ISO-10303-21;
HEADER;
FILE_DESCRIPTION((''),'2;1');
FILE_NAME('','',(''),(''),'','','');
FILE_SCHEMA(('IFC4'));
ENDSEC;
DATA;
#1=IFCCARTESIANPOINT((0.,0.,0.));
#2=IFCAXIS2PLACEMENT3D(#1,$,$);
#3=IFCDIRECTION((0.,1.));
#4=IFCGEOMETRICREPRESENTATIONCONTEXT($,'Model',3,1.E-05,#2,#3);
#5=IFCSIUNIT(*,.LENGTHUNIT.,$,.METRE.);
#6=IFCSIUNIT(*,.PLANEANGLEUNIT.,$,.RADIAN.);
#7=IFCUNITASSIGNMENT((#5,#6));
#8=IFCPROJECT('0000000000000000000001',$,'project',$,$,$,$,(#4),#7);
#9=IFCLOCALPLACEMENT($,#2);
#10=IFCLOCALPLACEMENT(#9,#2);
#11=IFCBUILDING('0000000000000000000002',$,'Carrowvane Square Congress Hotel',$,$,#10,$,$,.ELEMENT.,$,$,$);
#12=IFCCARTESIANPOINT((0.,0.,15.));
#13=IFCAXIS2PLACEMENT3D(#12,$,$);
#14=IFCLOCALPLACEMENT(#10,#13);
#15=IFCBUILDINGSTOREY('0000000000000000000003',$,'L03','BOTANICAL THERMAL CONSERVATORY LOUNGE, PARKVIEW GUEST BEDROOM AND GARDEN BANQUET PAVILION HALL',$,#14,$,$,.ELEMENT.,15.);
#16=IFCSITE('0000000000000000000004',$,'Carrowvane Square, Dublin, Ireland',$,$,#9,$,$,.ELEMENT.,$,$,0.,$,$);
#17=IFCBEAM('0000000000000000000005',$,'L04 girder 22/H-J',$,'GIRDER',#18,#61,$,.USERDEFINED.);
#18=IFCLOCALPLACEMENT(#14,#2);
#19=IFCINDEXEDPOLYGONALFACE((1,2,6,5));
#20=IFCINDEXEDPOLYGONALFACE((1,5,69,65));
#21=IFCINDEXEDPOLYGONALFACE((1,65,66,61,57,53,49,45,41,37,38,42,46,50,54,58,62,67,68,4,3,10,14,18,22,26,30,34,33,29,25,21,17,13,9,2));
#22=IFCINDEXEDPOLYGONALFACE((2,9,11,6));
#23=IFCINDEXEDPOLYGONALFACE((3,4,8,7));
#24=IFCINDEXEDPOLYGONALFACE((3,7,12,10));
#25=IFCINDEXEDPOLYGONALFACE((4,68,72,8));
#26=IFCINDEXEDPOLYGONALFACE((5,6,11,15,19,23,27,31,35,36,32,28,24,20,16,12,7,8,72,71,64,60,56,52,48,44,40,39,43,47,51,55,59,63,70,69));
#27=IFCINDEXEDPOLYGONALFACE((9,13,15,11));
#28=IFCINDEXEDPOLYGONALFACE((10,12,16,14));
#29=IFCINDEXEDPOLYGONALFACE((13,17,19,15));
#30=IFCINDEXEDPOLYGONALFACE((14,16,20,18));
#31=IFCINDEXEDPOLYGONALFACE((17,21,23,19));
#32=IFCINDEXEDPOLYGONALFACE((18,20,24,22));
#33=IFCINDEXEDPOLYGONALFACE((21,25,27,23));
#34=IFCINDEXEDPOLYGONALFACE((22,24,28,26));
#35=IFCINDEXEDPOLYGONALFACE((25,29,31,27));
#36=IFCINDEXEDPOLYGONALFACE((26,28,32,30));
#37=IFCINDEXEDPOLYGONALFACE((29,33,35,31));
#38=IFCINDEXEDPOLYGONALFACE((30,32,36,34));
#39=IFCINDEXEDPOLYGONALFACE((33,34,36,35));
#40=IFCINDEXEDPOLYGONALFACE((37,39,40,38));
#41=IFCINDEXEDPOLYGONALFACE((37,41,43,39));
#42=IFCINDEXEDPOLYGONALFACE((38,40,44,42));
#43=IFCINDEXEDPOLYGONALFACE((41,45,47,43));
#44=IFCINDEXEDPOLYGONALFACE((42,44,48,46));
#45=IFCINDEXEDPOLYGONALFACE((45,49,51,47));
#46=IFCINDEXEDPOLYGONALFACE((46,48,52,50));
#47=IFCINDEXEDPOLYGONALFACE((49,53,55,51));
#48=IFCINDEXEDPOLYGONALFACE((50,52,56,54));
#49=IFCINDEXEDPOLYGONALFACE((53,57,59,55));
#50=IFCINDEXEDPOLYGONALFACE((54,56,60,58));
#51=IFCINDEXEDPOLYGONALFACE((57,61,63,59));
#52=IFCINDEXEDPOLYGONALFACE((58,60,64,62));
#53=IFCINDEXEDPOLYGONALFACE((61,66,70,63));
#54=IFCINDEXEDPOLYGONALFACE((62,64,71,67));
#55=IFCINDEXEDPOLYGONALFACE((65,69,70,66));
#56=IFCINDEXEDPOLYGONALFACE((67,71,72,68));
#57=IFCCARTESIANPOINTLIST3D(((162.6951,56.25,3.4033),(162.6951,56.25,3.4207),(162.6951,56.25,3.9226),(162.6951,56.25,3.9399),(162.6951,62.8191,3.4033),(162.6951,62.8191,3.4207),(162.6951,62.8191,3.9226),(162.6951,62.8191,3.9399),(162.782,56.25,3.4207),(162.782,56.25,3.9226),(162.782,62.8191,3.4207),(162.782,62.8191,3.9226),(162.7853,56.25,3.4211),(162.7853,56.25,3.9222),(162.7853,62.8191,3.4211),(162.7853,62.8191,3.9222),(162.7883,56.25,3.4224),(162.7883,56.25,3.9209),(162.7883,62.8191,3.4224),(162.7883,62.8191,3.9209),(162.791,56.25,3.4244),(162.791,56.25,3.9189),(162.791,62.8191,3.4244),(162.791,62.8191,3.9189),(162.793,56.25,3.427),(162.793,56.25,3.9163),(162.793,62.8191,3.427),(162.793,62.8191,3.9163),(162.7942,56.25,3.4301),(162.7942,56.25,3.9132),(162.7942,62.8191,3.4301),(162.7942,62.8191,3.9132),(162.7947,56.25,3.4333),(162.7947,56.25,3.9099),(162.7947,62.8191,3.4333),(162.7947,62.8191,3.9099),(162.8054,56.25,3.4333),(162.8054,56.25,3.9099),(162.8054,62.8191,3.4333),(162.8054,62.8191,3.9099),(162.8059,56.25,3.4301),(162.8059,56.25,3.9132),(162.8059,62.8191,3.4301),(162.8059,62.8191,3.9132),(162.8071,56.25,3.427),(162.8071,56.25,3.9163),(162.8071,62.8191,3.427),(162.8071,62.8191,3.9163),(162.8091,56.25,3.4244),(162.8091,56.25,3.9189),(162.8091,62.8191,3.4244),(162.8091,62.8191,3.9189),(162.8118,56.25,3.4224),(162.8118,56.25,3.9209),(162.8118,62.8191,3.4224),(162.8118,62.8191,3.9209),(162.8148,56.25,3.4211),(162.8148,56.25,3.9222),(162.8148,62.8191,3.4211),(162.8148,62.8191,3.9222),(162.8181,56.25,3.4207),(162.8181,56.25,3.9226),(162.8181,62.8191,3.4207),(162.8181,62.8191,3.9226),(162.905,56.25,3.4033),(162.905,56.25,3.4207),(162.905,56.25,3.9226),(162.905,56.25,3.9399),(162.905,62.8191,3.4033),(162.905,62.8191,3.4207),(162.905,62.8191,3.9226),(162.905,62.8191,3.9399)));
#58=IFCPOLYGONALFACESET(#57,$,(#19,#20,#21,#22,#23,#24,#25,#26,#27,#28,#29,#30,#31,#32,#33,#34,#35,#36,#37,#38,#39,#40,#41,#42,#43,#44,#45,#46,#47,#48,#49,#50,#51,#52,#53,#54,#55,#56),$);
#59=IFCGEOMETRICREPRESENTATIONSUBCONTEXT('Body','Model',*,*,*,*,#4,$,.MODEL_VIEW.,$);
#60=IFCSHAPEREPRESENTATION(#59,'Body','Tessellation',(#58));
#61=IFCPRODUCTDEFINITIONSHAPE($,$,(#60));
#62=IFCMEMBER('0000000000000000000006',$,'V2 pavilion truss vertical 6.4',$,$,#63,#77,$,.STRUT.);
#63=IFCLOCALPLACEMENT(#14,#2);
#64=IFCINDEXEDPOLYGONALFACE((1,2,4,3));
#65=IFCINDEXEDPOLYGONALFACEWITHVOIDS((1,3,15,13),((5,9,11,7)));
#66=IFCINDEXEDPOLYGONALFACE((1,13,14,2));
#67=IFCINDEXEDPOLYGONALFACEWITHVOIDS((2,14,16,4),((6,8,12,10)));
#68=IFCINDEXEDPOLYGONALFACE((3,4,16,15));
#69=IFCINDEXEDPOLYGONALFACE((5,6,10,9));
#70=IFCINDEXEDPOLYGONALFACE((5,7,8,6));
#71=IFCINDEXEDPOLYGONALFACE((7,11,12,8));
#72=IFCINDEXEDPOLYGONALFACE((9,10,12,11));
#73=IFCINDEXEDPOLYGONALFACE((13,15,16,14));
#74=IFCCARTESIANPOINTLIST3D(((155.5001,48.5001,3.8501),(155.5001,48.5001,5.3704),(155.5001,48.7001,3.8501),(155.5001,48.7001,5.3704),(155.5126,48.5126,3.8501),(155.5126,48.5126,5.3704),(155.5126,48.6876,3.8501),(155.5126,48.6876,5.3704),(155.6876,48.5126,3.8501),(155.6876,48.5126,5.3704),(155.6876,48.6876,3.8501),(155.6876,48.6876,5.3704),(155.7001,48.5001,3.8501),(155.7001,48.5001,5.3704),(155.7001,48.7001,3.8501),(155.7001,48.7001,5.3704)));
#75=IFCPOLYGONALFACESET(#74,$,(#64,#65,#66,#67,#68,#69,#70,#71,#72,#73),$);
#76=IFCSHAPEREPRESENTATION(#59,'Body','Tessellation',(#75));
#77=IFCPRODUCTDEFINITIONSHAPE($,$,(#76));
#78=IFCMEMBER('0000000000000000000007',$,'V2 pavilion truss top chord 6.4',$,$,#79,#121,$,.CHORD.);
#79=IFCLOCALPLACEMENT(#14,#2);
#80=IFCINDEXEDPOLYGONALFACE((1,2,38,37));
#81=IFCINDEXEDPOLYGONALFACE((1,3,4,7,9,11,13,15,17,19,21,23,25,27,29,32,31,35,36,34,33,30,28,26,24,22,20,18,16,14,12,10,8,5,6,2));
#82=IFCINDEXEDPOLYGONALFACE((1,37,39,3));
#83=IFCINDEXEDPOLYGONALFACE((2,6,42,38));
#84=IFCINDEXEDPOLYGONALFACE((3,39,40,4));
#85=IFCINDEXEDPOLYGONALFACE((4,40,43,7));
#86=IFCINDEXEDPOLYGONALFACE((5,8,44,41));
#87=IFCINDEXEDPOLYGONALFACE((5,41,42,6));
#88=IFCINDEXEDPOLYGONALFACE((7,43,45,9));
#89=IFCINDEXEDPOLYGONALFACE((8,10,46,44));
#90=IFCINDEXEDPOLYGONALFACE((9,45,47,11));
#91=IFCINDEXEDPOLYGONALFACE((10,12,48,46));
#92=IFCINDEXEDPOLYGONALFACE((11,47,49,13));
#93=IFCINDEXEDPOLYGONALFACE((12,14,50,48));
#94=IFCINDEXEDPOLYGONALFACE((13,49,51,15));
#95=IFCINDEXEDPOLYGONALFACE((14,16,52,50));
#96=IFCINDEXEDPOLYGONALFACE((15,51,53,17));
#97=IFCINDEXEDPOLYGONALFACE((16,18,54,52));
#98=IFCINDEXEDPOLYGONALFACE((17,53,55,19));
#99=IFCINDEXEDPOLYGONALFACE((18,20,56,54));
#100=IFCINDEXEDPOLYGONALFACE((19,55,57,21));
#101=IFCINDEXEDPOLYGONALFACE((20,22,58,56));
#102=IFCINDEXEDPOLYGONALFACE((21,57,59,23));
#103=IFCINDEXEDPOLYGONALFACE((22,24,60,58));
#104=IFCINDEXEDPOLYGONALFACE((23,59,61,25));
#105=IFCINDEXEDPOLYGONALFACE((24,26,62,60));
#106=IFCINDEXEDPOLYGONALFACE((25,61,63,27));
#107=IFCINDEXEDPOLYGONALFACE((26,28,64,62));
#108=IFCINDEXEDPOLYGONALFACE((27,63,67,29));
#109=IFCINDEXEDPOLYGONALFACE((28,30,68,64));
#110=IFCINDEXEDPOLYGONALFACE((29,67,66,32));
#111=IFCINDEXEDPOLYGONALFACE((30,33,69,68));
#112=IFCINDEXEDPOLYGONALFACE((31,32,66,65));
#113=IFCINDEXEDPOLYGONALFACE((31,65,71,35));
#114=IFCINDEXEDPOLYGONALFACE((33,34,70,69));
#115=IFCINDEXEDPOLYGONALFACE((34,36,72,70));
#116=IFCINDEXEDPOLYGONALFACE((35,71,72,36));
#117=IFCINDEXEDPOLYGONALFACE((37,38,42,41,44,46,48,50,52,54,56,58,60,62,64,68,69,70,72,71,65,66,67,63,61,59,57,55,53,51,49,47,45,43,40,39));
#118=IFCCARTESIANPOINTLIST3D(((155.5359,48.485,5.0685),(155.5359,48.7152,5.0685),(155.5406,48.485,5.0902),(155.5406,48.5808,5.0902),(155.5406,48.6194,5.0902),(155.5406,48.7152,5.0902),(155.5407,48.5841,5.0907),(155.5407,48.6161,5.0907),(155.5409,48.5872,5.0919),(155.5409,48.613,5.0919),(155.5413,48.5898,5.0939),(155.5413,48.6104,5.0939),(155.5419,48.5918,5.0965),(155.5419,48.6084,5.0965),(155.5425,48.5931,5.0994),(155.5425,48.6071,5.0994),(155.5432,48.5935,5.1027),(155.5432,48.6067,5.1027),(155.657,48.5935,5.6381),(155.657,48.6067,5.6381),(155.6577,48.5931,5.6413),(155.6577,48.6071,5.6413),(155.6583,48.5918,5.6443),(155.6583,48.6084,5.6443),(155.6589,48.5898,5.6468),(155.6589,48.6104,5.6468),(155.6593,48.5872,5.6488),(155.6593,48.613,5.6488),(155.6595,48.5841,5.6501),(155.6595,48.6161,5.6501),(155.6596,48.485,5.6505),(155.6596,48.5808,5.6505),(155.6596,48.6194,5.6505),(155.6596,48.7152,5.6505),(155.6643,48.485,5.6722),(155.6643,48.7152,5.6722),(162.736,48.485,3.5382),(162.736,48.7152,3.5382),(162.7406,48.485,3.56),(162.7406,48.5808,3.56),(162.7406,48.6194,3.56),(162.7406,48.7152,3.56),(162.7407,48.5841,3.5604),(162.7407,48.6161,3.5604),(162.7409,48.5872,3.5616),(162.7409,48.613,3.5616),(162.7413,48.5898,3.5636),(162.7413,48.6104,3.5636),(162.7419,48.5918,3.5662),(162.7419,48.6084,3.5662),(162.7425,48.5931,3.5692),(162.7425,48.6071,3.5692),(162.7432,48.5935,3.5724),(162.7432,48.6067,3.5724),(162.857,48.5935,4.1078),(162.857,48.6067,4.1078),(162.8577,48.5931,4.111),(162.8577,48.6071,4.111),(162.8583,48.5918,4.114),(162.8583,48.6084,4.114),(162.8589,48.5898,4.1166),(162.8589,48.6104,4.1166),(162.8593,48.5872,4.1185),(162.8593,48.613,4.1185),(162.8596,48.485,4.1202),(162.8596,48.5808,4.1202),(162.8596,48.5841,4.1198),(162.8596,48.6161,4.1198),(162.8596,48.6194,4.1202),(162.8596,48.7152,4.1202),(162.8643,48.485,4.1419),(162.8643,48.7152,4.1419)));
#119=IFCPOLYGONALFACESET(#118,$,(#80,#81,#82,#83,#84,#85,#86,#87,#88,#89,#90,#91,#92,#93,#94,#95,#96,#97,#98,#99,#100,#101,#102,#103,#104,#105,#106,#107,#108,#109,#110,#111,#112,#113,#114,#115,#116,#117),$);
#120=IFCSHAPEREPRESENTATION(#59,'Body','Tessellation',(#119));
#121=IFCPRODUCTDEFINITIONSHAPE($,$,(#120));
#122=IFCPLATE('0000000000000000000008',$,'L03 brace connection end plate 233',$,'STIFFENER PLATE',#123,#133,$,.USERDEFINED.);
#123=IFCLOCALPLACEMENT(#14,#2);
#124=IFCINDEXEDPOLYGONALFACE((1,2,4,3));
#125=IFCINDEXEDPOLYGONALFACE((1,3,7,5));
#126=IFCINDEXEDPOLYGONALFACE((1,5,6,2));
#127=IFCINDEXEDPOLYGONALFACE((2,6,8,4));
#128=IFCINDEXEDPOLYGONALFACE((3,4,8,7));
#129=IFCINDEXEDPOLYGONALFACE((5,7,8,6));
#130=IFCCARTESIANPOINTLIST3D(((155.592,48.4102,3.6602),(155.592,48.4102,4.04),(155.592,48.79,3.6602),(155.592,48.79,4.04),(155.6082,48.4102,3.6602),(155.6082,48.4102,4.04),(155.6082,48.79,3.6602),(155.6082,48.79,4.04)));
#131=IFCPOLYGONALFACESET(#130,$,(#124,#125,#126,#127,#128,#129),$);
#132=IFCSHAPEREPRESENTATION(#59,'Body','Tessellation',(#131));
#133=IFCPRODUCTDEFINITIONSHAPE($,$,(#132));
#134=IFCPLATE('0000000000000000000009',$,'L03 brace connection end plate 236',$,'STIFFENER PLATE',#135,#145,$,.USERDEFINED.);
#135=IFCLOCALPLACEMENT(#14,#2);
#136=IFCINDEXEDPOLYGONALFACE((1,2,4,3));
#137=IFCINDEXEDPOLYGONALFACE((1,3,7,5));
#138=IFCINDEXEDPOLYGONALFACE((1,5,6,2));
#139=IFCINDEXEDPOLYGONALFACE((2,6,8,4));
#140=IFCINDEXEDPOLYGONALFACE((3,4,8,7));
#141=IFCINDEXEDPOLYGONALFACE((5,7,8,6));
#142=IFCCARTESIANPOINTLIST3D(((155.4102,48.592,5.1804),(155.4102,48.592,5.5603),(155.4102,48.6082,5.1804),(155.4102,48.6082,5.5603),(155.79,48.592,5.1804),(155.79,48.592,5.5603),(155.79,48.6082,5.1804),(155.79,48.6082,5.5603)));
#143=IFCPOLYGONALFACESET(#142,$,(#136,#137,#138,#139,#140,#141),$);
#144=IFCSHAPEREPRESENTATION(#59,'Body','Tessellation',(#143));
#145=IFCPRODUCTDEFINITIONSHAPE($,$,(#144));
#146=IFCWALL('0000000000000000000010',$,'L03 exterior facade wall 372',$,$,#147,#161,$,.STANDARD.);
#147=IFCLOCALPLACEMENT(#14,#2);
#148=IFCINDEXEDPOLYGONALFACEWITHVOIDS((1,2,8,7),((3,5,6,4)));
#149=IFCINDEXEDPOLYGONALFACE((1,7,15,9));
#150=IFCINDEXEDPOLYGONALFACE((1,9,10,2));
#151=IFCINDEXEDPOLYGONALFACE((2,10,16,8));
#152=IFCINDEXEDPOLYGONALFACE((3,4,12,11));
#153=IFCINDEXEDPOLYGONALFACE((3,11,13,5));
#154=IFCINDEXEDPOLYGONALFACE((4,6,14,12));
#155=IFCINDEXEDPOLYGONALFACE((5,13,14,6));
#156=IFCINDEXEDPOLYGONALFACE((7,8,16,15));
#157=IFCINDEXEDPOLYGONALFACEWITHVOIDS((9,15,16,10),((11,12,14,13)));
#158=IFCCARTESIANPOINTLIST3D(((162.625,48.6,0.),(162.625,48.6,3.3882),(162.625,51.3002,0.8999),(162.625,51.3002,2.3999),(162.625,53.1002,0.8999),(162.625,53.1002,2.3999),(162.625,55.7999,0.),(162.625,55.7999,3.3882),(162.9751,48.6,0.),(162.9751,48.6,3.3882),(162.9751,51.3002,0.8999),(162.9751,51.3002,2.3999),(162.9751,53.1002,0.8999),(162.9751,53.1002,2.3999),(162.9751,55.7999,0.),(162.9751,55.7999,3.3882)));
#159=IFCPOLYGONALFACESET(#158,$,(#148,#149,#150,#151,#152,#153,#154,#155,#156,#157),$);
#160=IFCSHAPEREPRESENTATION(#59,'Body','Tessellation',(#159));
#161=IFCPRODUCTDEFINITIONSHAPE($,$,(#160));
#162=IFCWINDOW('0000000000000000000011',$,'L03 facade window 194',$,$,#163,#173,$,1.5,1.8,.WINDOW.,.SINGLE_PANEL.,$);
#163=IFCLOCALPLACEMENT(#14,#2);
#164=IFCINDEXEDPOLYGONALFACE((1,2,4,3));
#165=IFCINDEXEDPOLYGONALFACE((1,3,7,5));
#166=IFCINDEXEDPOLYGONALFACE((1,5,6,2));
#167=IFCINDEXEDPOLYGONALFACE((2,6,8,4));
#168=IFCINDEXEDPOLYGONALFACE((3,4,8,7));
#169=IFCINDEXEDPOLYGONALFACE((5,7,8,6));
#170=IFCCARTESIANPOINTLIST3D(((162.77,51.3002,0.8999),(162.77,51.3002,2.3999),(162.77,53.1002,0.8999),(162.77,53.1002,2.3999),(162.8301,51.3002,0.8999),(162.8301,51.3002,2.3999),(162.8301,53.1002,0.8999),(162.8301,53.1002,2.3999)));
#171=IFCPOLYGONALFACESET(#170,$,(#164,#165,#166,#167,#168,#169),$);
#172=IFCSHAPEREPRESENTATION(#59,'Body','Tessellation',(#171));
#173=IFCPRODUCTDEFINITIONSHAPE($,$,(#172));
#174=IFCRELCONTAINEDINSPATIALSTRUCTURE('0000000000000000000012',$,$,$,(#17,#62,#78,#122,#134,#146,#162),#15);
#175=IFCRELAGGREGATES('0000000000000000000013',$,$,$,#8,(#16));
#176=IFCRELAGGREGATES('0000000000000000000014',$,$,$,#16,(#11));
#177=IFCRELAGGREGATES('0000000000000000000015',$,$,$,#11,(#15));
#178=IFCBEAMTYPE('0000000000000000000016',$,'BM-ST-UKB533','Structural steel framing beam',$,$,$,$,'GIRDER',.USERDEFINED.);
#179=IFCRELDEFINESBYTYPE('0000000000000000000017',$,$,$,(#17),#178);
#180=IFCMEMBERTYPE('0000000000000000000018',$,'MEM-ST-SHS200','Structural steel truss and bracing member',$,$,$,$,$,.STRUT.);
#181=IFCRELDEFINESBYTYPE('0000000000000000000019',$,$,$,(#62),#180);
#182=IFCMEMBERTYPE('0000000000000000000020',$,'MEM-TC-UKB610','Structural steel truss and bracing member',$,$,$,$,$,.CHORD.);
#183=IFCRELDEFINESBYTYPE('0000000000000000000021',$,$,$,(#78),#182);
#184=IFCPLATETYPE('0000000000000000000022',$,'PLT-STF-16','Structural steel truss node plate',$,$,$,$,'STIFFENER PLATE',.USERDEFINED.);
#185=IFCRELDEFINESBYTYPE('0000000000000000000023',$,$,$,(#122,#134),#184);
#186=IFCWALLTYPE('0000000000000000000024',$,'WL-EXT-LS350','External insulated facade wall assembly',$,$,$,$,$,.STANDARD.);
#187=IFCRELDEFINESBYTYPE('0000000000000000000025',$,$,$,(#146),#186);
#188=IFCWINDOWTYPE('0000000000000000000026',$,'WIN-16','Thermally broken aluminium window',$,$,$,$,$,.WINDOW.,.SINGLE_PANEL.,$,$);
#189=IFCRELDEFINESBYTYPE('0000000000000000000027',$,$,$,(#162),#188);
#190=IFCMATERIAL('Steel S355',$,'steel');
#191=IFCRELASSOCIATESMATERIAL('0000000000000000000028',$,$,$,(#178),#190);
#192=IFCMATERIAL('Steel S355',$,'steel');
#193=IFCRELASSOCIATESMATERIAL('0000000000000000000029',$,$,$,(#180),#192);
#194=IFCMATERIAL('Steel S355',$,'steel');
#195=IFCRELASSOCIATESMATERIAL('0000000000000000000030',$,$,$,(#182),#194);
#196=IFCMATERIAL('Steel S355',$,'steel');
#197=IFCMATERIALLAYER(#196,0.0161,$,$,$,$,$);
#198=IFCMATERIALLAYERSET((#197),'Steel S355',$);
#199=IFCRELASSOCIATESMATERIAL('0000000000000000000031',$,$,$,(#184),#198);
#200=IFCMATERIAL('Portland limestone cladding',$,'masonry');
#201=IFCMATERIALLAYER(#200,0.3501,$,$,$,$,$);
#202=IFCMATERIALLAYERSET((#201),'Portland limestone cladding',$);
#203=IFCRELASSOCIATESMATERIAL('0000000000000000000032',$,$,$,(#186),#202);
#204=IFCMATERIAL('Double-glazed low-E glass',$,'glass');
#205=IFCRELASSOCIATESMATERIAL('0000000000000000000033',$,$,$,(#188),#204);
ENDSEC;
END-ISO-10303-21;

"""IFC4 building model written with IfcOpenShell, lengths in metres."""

from ifc_helpers import new_model, si_unit, direction, frame, frame_2d, origin, origin_2d, place, context, subcontext, project, spatial, rectangle, hollow_rectangle, i_section, extrude, material, layer, layer_set, material_profile, profile_set, type_object, element, fill, save


model = new_model("IFC4")

# Units and contexts
model_context = context("Model", 3, precision=1e-05, world=origin(), true_north=direction((0.0, 1.0)))
body_context = subcontext(model_context, "Body", "Model", "MODEL_VIEW")
ifc_project = project(units=[si_unit("LENGTHUNIT", "METRE"), si_unit("PLANEANGLEUNIT", "RADIAN")], contexts=[model_context])

# Site, building, storey
site_placement = place(None, origin())
site = spatial("IfcSite", under=ifc_project, at=site_placement, Name="Carrowvane Square, Dublin, Ireland", CompositionType="ELEMENT", RefElevation=0.0)
building_placement = place(site_placement, origin())
building = spatial("IfcBuilding", under=site, at=building_placement, Name="Carrowvane Square Congress Hotel", CompositionType="ELEMENT")
storey_placement = place(building_placement, frame((0.0, 0.0, 15.0)))
storey = spatial("IfcBuildingStorey", under=building, at=storey_placement, Name="L03", Description="BOTANICAL THERMAL CONSERVATORY LOUNGE, PARKVIEW GUEST BEDROOM AND GARDEN BANQUET PAVILION HALL", CompositionType="ELEMENT", Elevation=15.0)

# Beam
ifc_material_1 = material(Name="Steel S355", Category="steel")
ifc_material_profile_1 = material_profile(ifc_material_1, i_section(OverallWidth=0.21, OverallDepth=0.5366, WebThickness=0.0107, FlangeThickness=0.0173, FilletRadius=0.0127, at=origin_2d()), Name="UKB 533x210x101")
ifc_profile_set_1 = profile_set([ifc_material_profile_1], Name="Steel S355")
beam_type_1 = type_object("IfcBeamType", Name="BM-ST-UKB533", Description="Structural steel framing beam", ElementType="GIRDER", PredefinedType="USERDEFINED", material=ifc_profile_set_1)
beam_1_placement = place(storey_placement, frame((162.8, 56.25, 3.6716), z_axis=(0.0, 1.0, 0.0), x_axis=(-1.0, 0.0, 0.0)))
element("IfcBeam", 1, at=beam_1_placement, inside=storey, type_object=beam_type_1, Name="L04 girder 22/H-J", ObjectType="GIRDER", PredefinedType="USERDEFINED", context=body_context, shape_type="SweptSolid", body=[
    extrude(i_section(OverallWidth=0.21, OverallDepth=0.5366, WebThickness=0.0107, FlangeThickness=0.0173, FilletRadius=0.0127, at=origin_2d()), origin(), (0.0, 0.0, 1.0), 6.5691),
])

# Members
ifc_material_2 = material(Name="Steel S355", Category="steel")
ifc_material_profile_2 = material_profile(ifc_material_2, hollow_rectangle(XDim=0.2, YDim=0.2, WallThickness=0.0125, at=origin_2d()), Name="SHS 200x200x12.5")
ifc_profile_set_2 = profile_set([ifc_material_profile_2], Name="Steel S355")
member_type_1 = type_object("IfcMemberType", Name="MEM-ST-SHS200", Description="Structural steel truss and bracing member", PredefinedType="STRUT", material=ifc_profile_set_2)
member_1_placement = place(storey_placement, frame((155.6001, 48.6001, 3.8501), z_axis=(0.0, 0.0, 1.0), x_axis=(1.0, 0.0, 0.0)))
element("IfcMember", 2, at=member_1_placement, inside=storey, type_object=member_type_1, Name="V2 pavilion truss vertical 6.4", PredefinedType="STRUT", context=body_context, shape_type="SweptSolid", body=[
    extrude(hollow_rectangle(XDim=0.2, YDim=0.2, WallThickness=0.0125, at=origin_2d()), origin(), (0.0, 0.0, 1.0), 1.5203),
])
ifc_material_3 = material(Name="Steel S355", Category="steel")
ifc_material_profile_3 = material_profile(ifc_material_3, i_section(OverallWidth=0.2302, OverallDepth=0.6172, WebThickness=0.0132, FlangeThickness=0.0222, FilletRadius=0.0127, at=origin_2d()), Name="UKB 610x229x140")
ifc_profile_set_3 = profile_set([ifc_material_profile_3], Name="Steel S355")
member_type_2 = type_object("IfcMemberType", Name="MEM-TC-UKB610", Description="Structural steel truss and bracing member", PredefinedType="CHORD", material=ifc_profile_set_3)
member_2_placement = place(storey_placement, frame((155.6001, 48.6001, 5.3704), z_axis=(0.978151, 0.0, -0.207896), x_axis=(0.0, 1.0, 0.0)))
element("IfcMember", 3, at=member_2_placement, inside=storey, type_object=member_type_2, Name="V2 pavilion truss top chord 6.4", PredefinedType="CHORD", context=body_context, shape_type="SweptSolid", body=[
    extrude(i_section(OverallWidth=0.2302, OverallDepth=0.6172, WebThickness=0.0132, FlangeThickness=0.0222, FilletRadius=0.0127, at=origin_2d()), origin(), (0.0, 0.0, 1.0), 7.3608),
])

# Plates
ifc_material_4 = material(Name="Steel S355", Category="steel")
ifc_layer_1 = layer(ifc_material_4, 0.0161)
ifc_layer_set_1 = layer_set([ifc_layer_1], Name="Steel S355")
plate_type = type_object("IfcPlateType", Name="PLT-STF-16", Description="Structural steel truss node plate", ElementType="STIFFENER PLATE", PredefinedType="USERDEFINED", material=ifc_layer_set_1)
plate_1_placement = place(storey_placement, frame((155.6001, 48.6001, 3.6602), z_axis=(0.0, 0.0, 1.0), x_axis=(1.0, 0.0, 0.0)))
element("IfcPlate", 4, at=plate_1_placement, inside=storey, type_object=plate_type, Name="L03 brace connection end plate 233", ObjectType="STIFFENER PLATE", PredefinedType="USERDEFINED", context=body_context, shape_type="SweptSolid", body=[
    extrude(rectangle(XDim=0.0161, YDim=0.3799, at=origin_2d()), origin(), (0.0, 0.0, 1.0), 0.3799),
])
plate_2_placement = place(storey_placement, frame((155.6001, 48.6001, 5.1804), z_axis=(0.0, 0.0, 1.0), x_axis=(1.0, 0.0, 0.0)))
element("IfcPlate", 5, at=plate_2_placement, inside=storey, type_object=plate_type, Name="L03 brace connection end plate 236", ObjectType="STIFFENER PLATE", PredefinedType="USERDEFINED", context=body_context, shape_type="SweptSolid", body=[
    extrude(rectangle(XDim=0.3799, YDim=0.0161, at=origin_2d()), origin(), (0.0, 0.0, 1.0), 0.3799),
])

# Wall, opening, window
ifc_material_5 = material(Name="Portland limestone cladding", Category="masonry")
ifc_layer_2 = layer(ifc_material_5, 0.3501)
ifc_layer_set_2 = layer_set([ifc_layer_2], Name="Portland limestone cladding")
wall_type_1 = type_object("IfcWallType", Name="WL-EXT-LS350", Description="External insulated facade wall assembly", PredefinedType="STANDARD", material=ifc_layer_set_2)
wall_1_placement = place(storey_placement, frame((162.8, 55.8, 0.0), z_axis=(0.0, 0.0, 1.0), x_axis=(0.0, -1.0, 0.0)))
wall_1 = element("IfcWall", 6, at=wall_1_placement, inside=storey, type_object=wall_type_1, Name="L03 exterior facade wall 372", PredefinedType="STANDARD", context=body_context, shape_type="SweptSolid", body=[
    extrude(rectangle(XDim=7.2, YDim=0.3501, at=frame_2d((3.6001, 0.0))), origin(), (0.0, 0.0, 1.0), 3.3882),
])
opening_1_placement = place(wall_1_placement, frame((2.7, 0.0, 0.8999)))
opening_1 = element("IfcOpeningElement", 7, at=opening_1_placement, cuts=wall_1, PredefinedType="OPENING", context=body_context, shape_type="SweptSolid", body=[
    extrude(rectangle(XDim=1.8, YDim=1.5, at=frame_2d((0.8999, 0.75))), frame((0.0, 0.1851, 0.0), z_axis=(0.0, -1.0, 0.0), x_axis=(1.0, 0.0, 0.0)), (0.0, 0.0, 1.0), 0.3701),
])
ifc_material_6 = material(Name="Double-glazed low-E glass", Category="glass")
window_type_1 = type_object("IfcWindowType", Name="WIN-16", Description="Thermally broken aluminium window", PartitioningType="SINGLE_PANEL", PredefinedType="WINDOW", material=ifc_material_6)
window_1_placement = place(opening_1_placement, origin())
window_1 = element("IfcWindow", 8, at=window_1_placement, inside=storey, type_object=window_type_1, Name="L03 facade window 194", OverallHeight=1.5, OverallWidth=1.8, PartitioningType="SINGLE_PANEL", PredefinedType="WINDOW", context=body_context, shape_type="SweptSolid", body=[
    extrude(rectangle(XDim=1.8, YDim=1.5, at=frame_2d((0.8999, 0.75))), frame((0.0, 0.03, 0.0), z_axis=(0.0, -1.0, 0.0), x_axis=(1.0, 0.0, 0.0)), (0.0, 0.0, 1.0), 0.0601),
])
fill(opening_1, window_1)

save(model, "model.ifc")
